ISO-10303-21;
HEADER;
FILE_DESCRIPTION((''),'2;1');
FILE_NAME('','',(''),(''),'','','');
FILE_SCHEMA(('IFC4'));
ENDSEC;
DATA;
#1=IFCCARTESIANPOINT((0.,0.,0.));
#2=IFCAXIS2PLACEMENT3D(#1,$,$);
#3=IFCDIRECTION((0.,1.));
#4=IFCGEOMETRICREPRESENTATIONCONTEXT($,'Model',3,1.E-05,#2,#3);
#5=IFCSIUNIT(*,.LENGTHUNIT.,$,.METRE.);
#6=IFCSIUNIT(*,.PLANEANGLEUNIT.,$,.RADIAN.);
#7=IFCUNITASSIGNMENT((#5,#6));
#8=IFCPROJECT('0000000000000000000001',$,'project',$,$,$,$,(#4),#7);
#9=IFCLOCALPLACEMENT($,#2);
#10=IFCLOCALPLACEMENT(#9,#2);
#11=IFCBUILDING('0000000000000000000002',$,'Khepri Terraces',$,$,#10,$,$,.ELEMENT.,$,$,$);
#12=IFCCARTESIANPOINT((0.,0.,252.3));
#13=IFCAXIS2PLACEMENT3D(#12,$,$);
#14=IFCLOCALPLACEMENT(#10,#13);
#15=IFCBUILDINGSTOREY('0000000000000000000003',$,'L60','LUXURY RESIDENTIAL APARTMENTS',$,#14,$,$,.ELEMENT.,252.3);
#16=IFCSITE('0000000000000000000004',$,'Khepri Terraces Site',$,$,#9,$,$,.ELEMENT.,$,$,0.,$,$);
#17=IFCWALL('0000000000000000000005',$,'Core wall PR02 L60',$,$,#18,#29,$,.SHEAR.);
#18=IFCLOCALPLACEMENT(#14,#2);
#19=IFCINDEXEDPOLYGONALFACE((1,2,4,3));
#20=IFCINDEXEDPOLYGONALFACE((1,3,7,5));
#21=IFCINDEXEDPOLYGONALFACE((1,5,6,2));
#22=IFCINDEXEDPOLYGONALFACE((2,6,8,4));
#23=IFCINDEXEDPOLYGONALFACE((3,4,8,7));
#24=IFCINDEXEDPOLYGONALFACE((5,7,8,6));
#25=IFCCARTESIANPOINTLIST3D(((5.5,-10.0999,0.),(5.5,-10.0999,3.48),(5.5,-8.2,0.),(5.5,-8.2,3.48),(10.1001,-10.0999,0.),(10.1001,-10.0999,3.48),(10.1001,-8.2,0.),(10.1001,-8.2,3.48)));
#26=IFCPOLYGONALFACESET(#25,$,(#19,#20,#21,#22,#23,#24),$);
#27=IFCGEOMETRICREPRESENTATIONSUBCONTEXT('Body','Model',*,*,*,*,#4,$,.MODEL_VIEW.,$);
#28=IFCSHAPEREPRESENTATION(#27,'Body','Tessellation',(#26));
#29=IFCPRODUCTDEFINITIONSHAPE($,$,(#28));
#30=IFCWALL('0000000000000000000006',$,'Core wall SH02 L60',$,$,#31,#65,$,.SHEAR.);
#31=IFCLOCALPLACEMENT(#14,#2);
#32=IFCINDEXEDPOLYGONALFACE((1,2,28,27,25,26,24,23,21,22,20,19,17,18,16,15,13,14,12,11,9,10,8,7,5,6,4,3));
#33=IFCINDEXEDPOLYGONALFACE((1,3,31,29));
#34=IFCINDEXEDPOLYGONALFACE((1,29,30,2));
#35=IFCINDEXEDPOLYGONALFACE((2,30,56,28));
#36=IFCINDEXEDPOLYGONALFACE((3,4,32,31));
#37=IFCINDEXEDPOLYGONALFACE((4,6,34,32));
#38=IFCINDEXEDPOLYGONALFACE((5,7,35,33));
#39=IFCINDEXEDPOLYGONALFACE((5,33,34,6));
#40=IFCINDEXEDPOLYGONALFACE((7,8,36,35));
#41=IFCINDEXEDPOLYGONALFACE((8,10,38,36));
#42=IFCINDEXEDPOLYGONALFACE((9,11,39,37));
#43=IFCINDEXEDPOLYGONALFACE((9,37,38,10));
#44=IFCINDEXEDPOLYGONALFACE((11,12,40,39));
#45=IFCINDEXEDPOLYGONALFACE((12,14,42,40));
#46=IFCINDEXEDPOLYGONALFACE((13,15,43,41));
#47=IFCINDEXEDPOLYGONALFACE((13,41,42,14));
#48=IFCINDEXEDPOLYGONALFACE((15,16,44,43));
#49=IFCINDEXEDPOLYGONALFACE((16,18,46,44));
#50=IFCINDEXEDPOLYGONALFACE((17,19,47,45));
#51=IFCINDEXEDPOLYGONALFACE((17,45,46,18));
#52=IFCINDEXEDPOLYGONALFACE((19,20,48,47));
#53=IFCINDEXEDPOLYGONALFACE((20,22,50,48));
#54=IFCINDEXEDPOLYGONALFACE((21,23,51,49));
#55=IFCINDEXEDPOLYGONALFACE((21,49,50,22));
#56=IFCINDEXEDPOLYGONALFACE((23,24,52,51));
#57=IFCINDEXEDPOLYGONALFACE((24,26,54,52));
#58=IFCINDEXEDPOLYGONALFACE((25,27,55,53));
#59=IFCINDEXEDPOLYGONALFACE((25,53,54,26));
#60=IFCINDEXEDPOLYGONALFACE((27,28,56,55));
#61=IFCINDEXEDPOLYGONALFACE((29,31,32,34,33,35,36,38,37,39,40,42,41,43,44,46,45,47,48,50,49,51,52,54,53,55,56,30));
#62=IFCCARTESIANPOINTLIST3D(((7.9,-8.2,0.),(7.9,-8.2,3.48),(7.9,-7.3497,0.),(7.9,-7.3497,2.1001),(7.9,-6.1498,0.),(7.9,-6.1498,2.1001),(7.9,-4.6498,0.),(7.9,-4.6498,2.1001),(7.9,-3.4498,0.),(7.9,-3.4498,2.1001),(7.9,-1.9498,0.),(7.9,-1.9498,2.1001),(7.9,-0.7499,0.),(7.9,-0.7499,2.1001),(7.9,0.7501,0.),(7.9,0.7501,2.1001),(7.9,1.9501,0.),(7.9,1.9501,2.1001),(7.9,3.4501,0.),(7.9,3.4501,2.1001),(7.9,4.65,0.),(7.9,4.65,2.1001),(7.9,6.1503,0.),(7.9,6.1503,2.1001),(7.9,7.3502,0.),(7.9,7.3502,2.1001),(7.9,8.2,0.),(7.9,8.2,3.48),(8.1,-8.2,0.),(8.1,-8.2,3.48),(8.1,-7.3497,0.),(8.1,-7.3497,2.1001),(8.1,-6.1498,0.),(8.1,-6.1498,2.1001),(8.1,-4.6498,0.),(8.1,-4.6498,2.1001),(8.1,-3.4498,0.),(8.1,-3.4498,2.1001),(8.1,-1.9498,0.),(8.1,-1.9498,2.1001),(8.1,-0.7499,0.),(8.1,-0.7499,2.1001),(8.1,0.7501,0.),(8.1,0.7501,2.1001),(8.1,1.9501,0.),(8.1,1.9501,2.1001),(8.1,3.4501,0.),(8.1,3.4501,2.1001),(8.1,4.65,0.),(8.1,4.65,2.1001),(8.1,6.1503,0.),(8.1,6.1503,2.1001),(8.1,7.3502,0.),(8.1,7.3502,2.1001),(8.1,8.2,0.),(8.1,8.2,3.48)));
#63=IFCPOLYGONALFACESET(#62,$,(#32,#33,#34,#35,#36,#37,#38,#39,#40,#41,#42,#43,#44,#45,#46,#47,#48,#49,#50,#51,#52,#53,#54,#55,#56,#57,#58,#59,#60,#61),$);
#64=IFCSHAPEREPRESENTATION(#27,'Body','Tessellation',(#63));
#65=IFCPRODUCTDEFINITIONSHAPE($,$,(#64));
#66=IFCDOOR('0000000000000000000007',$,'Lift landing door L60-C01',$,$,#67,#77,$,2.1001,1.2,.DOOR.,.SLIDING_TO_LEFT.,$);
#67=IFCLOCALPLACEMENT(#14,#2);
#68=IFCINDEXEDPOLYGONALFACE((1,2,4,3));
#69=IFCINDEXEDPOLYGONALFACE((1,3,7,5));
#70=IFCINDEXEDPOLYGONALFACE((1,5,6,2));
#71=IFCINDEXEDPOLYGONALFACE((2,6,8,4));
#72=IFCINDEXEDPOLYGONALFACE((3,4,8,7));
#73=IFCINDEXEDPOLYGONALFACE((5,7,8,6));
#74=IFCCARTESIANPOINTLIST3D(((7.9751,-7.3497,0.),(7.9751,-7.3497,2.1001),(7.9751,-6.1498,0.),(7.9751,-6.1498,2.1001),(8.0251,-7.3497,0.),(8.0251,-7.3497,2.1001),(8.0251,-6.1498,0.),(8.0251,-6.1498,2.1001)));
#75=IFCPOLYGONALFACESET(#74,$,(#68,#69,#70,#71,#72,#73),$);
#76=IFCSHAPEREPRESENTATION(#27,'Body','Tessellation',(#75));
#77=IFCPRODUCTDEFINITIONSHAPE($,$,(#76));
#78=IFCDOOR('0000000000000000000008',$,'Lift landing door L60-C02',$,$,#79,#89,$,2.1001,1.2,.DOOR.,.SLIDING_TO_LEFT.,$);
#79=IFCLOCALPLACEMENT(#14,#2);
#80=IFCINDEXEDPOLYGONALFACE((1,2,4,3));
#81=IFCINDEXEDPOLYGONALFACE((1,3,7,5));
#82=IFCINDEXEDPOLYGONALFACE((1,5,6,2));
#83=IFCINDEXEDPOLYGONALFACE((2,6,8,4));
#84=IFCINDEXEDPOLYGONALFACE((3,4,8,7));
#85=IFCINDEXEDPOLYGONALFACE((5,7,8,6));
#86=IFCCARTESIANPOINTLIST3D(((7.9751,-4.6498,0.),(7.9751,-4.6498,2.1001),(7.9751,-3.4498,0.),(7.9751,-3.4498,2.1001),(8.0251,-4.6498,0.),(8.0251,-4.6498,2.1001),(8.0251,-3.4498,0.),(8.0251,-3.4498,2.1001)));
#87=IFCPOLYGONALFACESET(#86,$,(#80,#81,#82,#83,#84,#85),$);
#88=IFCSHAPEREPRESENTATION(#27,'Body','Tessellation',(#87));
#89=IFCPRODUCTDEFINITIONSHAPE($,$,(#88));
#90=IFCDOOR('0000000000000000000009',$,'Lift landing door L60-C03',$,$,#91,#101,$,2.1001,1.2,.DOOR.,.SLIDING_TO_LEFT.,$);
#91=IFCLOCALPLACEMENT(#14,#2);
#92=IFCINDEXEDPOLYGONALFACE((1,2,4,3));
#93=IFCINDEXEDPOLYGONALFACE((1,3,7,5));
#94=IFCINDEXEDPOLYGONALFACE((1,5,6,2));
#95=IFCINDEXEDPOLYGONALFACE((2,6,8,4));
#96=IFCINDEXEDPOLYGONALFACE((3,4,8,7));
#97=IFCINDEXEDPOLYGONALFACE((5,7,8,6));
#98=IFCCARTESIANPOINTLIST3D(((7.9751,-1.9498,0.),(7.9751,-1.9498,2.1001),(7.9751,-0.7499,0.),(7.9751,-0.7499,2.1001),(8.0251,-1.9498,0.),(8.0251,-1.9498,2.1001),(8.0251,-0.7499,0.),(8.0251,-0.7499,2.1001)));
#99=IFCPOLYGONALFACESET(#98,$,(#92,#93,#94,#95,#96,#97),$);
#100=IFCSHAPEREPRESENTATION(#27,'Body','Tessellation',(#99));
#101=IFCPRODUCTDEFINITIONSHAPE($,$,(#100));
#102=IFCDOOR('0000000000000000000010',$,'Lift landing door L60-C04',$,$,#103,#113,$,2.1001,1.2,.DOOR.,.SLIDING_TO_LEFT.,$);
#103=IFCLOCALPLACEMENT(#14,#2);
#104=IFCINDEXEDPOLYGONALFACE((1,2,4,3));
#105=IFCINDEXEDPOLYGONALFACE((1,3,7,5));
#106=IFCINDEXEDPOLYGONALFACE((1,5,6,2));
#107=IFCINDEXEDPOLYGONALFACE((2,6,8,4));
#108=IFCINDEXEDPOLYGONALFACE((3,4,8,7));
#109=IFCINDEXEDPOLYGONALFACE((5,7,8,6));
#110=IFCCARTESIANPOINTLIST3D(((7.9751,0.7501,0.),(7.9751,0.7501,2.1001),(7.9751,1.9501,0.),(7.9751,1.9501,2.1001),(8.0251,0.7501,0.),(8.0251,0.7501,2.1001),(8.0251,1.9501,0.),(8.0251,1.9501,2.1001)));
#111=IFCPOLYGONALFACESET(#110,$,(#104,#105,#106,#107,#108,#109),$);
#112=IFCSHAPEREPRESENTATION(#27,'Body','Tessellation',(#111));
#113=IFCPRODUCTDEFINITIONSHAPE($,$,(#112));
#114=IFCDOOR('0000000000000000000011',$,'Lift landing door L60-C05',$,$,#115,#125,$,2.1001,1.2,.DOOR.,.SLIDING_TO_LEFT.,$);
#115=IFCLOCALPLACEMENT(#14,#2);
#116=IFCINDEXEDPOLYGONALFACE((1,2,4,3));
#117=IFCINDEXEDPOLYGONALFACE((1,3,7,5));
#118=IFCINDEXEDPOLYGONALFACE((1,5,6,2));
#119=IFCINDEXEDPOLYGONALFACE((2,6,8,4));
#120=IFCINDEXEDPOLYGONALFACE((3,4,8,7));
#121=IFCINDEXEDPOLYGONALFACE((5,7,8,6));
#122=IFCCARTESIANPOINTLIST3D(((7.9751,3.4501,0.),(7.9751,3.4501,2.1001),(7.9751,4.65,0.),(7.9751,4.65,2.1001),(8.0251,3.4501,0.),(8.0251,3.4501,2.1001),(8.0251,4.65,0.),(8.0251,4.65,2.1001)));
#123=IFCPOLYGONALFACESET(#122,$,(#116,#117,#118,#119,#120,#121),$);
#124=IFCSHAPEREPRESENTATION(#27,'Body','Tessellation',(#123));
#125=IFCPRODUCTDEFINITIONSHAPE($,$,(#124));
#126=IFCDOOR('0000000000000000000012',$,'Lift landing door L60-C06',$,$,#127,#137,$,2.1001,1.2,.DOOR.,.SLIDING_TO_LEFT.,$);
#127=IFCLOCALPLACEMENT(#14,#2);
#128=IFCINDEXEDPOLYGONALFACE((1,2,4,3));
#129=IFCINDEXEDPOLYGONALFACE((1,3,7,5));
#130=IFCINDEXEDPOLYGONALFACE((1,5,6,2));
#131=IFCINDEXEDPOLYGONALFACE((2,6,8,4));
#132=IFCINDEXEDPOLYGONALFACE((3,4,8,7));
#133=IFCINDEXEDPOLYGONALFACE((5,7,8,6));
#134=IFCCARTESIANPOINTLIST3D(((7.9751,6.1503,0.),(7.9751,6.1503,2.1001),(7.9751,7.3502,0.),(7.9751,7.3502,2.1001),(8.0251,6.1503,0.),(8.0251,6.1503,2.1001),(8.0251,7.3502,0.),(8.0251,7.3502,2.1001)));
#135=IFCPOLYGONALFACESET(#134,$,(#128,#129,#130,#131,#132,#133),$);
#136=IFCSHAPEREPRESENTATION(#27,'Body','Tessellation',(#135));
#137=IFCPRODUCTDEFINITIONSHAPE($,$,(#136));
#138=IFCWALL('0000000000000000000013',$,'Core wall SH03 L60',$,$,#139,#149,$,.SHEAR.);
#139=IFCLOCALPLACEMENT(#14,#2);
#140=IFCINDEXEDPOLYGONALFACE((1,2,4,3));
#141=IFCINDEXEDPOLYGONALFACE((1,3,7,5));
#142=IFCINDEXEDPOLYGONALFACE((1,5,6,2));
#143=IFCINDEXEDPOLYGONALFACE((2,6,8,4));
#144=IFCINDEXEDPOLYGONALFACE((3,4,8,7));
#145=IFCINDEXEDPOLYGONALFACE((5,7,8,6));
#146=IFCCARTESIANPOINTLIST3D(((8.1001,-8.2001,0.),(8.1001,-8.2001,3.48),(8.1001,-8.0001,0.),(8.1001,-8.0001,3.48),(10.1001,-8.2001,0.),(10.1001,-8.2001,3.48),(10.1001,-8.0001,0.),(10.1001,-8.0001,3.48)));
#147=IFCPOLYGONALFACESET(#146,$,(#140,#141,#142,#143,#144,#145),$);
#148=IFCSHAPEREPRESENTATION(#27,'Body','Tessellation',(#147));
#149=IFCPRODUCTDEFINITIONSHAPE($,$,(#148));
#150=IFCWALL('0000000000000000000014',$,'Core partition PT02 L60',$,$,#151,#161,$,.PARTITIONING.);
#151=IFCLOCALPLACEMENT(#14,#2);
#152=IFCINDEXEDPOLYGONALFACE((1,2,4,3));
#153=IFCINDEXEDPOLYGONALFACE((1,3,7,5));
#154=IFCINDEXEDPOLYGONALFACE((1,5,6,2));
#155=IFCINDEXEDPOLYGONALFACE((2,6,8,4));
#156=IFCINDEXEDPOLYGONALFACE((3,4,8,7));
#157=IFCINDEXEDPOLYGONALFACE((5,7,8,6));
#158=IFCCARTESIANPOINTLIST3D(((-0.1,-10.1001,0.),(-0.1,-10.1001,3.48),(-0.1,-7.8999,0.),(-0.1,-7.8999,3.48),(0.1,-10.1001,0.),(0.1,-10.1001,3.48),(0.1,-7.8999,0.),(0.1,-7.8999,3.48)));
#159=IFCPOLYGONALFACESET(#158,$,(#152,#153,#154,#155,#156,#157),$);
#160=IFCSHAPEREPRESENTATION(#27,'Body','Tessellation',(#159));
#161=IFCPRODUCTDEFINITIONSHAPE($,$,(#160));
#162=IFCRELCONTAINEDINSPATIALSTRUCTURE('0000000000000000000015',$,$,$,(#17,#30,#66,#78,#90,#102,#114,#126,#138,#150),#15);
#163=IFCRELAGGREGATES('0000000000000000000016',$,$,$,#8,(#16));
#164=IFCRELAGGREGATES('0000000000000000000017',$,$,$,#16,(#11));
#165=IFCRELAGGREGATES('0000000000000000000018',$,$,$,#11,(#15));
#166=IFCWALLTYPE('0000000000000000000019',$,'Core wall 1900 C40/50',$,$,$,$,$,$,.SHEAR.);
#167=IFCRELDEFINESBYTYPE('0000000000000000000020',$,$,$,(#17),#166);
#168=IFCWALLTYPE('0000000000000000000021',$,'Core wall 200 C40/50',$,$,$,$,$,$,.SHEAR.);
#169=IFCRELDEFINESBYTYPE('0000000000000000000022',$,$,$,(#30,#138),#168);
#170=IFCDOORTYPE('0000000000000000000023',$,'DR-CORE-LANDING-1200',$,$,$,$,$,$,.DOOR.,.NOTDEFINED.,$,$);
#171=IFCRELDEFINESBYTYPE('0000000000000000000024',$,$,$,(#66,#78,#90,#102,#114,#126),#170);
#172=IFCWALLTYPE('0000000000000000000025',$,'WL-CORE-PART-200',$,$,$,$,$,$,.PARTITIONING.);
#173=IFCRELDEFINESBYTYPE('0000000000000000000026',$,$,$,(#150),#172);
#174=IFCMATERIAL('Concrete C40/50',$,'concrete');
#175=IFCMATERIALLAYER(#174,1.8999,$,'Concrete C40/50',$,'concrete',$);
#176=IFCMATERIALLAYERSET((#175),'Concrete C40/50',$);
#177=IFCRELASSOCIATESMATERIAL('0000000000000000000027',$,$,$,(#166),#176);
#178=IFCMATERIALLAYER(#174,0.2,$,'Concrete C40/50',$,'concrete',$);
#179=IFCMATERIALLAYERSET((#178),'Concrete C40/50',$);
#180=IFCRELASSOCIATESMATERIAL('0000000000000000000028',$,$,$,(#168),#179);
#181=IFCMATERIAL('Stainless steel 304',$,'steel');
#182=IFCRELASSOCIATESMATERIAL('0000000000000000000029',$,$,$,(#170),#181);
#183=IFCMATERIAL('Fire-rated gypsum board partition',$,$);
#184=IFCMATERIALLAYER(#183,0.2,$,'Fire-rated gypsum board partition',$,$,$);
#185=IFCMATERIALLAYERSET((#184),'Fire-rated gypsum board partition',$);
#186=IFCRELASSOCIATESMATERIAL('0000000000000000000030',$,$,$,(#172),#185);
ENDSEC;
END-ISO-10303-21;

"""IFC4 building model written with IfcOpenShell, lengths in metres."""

from ifc_helpers import new_model, si_unit, direction, frame, frame_2d, origin, place, context, subcontext, project, spatial, rectangle, extrude, material, layer, layer_set, type_object, element, fill, save


model = new_model("IFC4")

# Units and contexts
model_context = context("Model", 3, precision=1e-05, world=origin(), true_north=direction((0.0, 1.0)))
body_context = subcontext(model_context, "Body", "Model", "MODEL_VIEW")
ifc_project = project(units=[si_unit("LENGTHUNIT", "METRE"), si_unit("PLANEANGLEUNIT", "RADIAN")], contexts=[model_context])

# Site, building, storey
site_placement = place(None, origin())
site = spatial("IfcSite", under=ifc_project, at=site_placement, Name="Khepri Terraces Site", CompositionType="ELEMENT", RefElevation=0.0)
building_placement = place(site_placement, origin())
building = spatial("IfcBuilding", under=site, at=building_placement, Name="Khepri Terraces", CompositionType="ELEMENT")
storey_placement = place(building_placement, frame((0.0, 0.0, 252.3)))
storey = spatial("IfcBuildingStorey", under=building, at=storey_placement, Name="L60", Description="LUXURY RESIDENTIAL APARTMENTS", CompositionType="ELEMENT", Elevation=252.3)

# Wall
ifc_material_1 = material(Name="Concrete C40/50", Category="concrete")
ifc_layer_1 = layer(ifc_material_1, 1.8999, Name="Concrete C40/50", Category="concrete")
ifc_layer_set_1 = layer_set([ifc_layer_1], Name="Concrete C40/50")
wall_type_1 = type_object("IfcWallType", Name="Core wall 1900 C40/50", PredefinedType="SHEAR", material=ifc_layer_set_1)
wall_1_placement = place(storey_placement, frame((5.5, -9.1499, 0.0), z_axis=(0.0, 0.0, 1.0), x_axis=(1.0, 0.0, 0.0)))
element("IfcWall", 1, at=wall_1_placement, inside=storey, type_object=wall_type_1, Name="Core wall PR02 L60", PredefinedType="SHEAR", context=body_context, shape_type="SweptSolid", body=[
    extrude(rectangle(XDim=4.6001, YDim=1.8999, at=frame_2d((2.3, 0.0))), origin(), (0.0, 0.0, 1.0), 3.48),
])

# Wall, openings, doors
ifc_layer_2 = layer(ifc_material_1, 0.2, Name="Concrete C40/50", Category="concrete")
ifc_layer_set_2 = layer_set([ifc_layer_2], Name="Concrete C40/50")
wall_type_2 = type_object("IfcWallType", Name="Core wall 200 C40/50", PredefinedType="SHEAR", material=ifc_layer_set_2)
wall_2_placement = place(storey_placement, frame((8.0, -8.2, 0.0), z_axis=(0.0, 0.0, 1.0), x_axis=(0.0, 1.0, 0.0)))
wall_2 = element("IfcWall", 2, at=wall_2_placement, inside=storey, type_object=wall_type_2, Name="Core wall SH02 L60", PredefinedType="SHEAR", context=body_context, shape_type="SweptSolid", body=[
    extrude(rectangle(XDim=16.3999, YDim=0.2, at=frame_2d((8.2, 0.0))), origin(), (0.0, 0.0, 1.0), 3.48),
])
opening_1_placement = place(wall_2_placement, frame((0.8501, 0.0, 0.0)))
opening_1 = element("IfcOpeningElement", 3, at=opening_1_placement, cuts=wall_2, PredefinedType="OPENING", context=body_context, shape_type="SweptSolid", body=[
    extrude(rectangle(XDim=1.2, YDim=2.1001, at=frame_2d((0.6001, 1.05))), frame((0.0, 0.1099, 0.0), z_axis=(0.0, -1.0, 0.0), x_axis=(1.0, 0.0, 0.0)), (0.0, 0.0, 1.0), 0.22),
])
opening_2_placement = place(wall_2_placement, frame((3.55, 0.0, 0.0)))
opening_2 = element("IfcOpeningElement", 4, at=opening_2_placement, cuts=wall_2, PredefinedType="OPENING", context=body_context, shape_type="SweptSolid", body=[
    extrude(rectangle(XDim=1.2, YDim=2.1001, at=frame_2d((0.6001, 1.05))), frame((0.0, 0.1099, 0.0), z_axis=(0.0, -1.0, 0.0), x_axis=(1.0, 0.0, 0.0)), (0.0, 0.0, 1.0), 0.22),
])
opening_3_placement = place(wall_2_placement, frame((6.25, 0.0, 0.0)))
opening_3 = element("IfcOpeningElement", 5, at=opening_3_placement, cuts=wall_2, PredefinedType="OPENING", context=body_context, shape_type="SweptSolid", body=[
    extrude(rectangle(XDim=1.2, YDim=2.1001, at=frame_2d((0.6001, 1.05))), frame((0.0, 0.1099, 0.0), z_axis=(0.0, -1.0, 0.0), x_axis=(1.0, 0.0, 0.0)), (0.0, 0.0, 1.0), 0.22),
])
opening_4_placement = place(wall_2_placement, frame((8.95, 0.0, 0.0)))
opening_4 = element("IfcOpeningElement", 6, at=opening_4_placement, cuts=wall_2, PredefinedType="OPENING", context=body_context, shape_type="SweptSolid", body=[
    extrude(rectangle(XDim=1.2, YDim=2.1001, at=frame_2d((0.6001, 1.05))), frame((0.0, 0.1099, 0.0), z_axis=(0.0, -1.0, 0.0), x_axis=(1.0, 0.0, 0.0)), (0.0, 0.0, 1.0), 0.22),
])
opening_5_placement = place(wall_2_placement, frame((11.6499, 0.0, 0.0)))
opening_5 = element("IfcOpeningElement", 7, at=opening_5_placement, cuts=wall_2, PredefinedType="OPENING", context=body_context, shape_type="SweptSolid", body=[
    extrude(rectangle(XDim=1.2, YDim=2.1001, at=frame_2d((0.6001, 1.05))), frame((0.0, 0.1099, 0.0), z_axis=(0.0, -1.0, 0.0), x_axis=(1.0, 0.0, 0.0)), (0.0, 0.0, 1.0), 0.22),
])
opening_6_placement = place(wall_2_placement, frame((14.3501, 0.0, 0.0)))
opening_6 = element("IfcOpeningElement", 8, at=opening_6_placement, cuts=wall_2, PredefinedType="OPENING", context=body_context, shape_type="SweptSolid", body=[
    extrude(rectangle(XDim=1.2, YDim=2.1001, at=frame_2d((0.6001, 1.05))), frame((0.0, 0.1099, 0.0), z_axis=(0.0, -1.0, 0.0), x_axis=(1.0, 0.0, 0.0)), (0.0, 0.0, 1.0), 0.22),
])
ifc_material_2 = material(Name="Stainless steel 304", Category="steel")
door_type_1 = type_object("IfcDoorType", Name="DR-CORE-LANDING-1200", OperationType="NOTDEFINED", PredefinedType="DOOR", material=ifc_material_2)
door_1_placement = place(opening_1_placement, origin())
door_1 = element("IfcDoor", 9, at=door_1_placement, inside=storey, type_object=door_type_1, Name="Lift landing door L60-C01", OperationType="SLIDING_TO_LEFT", OverallHeight=2.1001, OverallWidth=1.2, PredefinedType="DOOR", context=body_context, shape_type="SweptSolid", body=[
    extrude(rectangle(XDim=1.2, YDim=2.1001, at=frame_2d((0.6001, 1.05))), frame((0.0, 0.0249, 0.0), z_axis=(0.0, -1.0, 0.0), x_axis=(1.0, 0.0, 0.0)), (0.0, 0.0, 1.0), 0.05),
])
fill(opening_1, door_1)
door_2_placement = place(opening_2_placement, origin())
door_2 = element("IfcDoor", 10, at=door_2_placement, inside=storey, type_object=door_type_1, Name="Lift landing door L60-C02", OperationType="SLIDING_TO_LEFT", OverallHeight=2.1001, OverallWidth=1.2, PredefinedType="DOOR", context=body_context, shape_type="SweptSolid", body=[
    extrude(rectangle(XDim=1.2, YDim=2.1001, at=frame_2d((0.6001, 1.05))), frame((0.0, 0.0249, 0.0), z_axis=(0.0, -1.0, 0.0), x_axis=(1.0, 0.0, 0.0)), (0.0, 0.0, 1.0), 0.05),
])
fill(opening_2, door_2)
door_3_placement = place(opening_3_placement, origin())
door_3 = element("IfcDoor", 11, at=door_3_placement, inside=storey, type_object=door_type_1, Name="Lift landing door L60-C03", OperationType="SLIDING_TO_LEFT", OverallHeight=2.1001, OverallWidth=1.2, PredefinedType="DOOR", context=body_context, shape_type="SweptSolid", body=[
    extrude(rectangle(XDim=1.2, YDim=2.1001, at=frame_2d((0.6001, 1.05))), frame((0.0, 0.0249, 0.0), z_axis=(0.0, -1.0, 0.0), x_axis=(1.0, 0.0, 0.0)), (0.0, 0.0, 1.0), 0.05),
])
fill(opening_3, door_3)
door_4_placement = place(opening_4_placement, origin())
door_4 = element("IfcDoor", 12, at=door_4_placement, inside=storey, type_object=door_type_1, Name="Lift landing door L60-C04", OperationType="SLIDING_TO_LEFT", OverallHeight=2.1001, OverallWidth=1.2, PredefinedType="DOOR", context=body_context, shape_type="SweptSolid", body=[
    extrude(rectangle(XDim=1.2, YDim=2.1001, at=frame_2d((0.6001, 1.05))), frame((0.0, 0.0249, 0.0), z_axis=(0.0, -1.0, 0.0), x_axis=(1.0, 0.0, 0.0)), (0.0, 0.0, 1.0), 0.05),
])
fill(opening_4, door_4)
door_5_placement = place(opening_5_placement, origin())
door_5 = element("IfcDoor", 13, at=door_5_placement, inside=storey, type_object=door_type_1, Name="Lift landing door L60-C05", OperationType="SLIDING_TO_LEFT", OverallHeight=2.1001, OverallWidth=1.2, PredefinedType="DOOR", context=body_context, shape_type="SweptSolid", body=[
    extrude(rectangle(XDim=1.2, YDim=2.1001, at=frame_2d((0.6001, 1.05))), frame((0.0, 0.0249, 0.0), z_axis=(0.0, -1.0, 0.0), x_axis=(1.0, 0.0, 0.0)), (0.0, 0.0, 1.0), 0.05),
])
fill(opening_5, door_5)
door_6_placement = place(opening_6_placement, origin())
door_6 = element("IfcDoor", 14, at=door_6_placement, inside=storey, type_object=door_type_1, Name="Lift landing door L60-C06", OperationType="SLIDING_TO_LEFT", OverallHeight=2.1001, OverallWidth=1.2, PredefinedType="DOOR", context=body_context, shape_type="SweptSolid", body=[
    extrude(rectangle(XDim=1.2, YDim=2.1001, at=frame_2d((0.6001, 1.05))), frame((0.0, 0.0249, 0.0), z_axis=(0.0, -1.0, 0.0), x_axis=(1.0, 0.0, 0.0)), (0.0, 0.0, 1.0), 0.05),
])
fill(opening_6, door_6)

# Walls
wall_3_placement = place(storey_placement, frame((8.1001, -8.1001, 0.0), z_axis=(0.0, 0.0, 1.0), x_axis=(1.0, 0.0, 0.0)))
element("IfcWall", 15, at=wall_3_placement, inside=storey, type_object=wall_type_2, Name="Core wall SH03 L60", PredefinedType="SHEAR", context=body_context, shape_type="SweptSolid", body=[
    extrude(rectangle(XDim=2.0, YDim=0.2, at=frame_2d((1.0, 0.0))), origin(), (0.0, 0.0, 1.0), 3.48),
])
ifc_material_3 = material(Name="Fire-rated gypsum board partition")
ifc_layer_3 = layer(ifc_material_3, 0.2, Name="Fire-rated gypsum board partition")
ifc_layer_set_3 = layer_set([ifc_layer_3], Name="Fire-rated gypsum board partition")
wall_type_3 = type_object("IfcWallType", Name="WL-CORE-PART-200", PredefinedType="PARTITIONING", material=ifc_layer_set_3)
wall_4_placement = place(storey_placement, frame((0.0, -10.1001, 0.0), z_axis=(0.0, 0.0, 1.0), x_axis=(0.0, 1.0, 0.0)))
element("IfcWall", 16, at=wall_4_placement, inside=storey, type_object=wall_type_3, Name="Core partition PT02 L60", PredefinedType="PARTITIONING", context=body_context, shape_type="SweptSolid", body=[
    extrude(rectangle(XDim=2.2002, YDim=0.2, at=frame_2d((1.1001, 0.0))), origin(), (0.0, 0.0, 1.0), 3.48),
])

save(model, "model.ifc")
